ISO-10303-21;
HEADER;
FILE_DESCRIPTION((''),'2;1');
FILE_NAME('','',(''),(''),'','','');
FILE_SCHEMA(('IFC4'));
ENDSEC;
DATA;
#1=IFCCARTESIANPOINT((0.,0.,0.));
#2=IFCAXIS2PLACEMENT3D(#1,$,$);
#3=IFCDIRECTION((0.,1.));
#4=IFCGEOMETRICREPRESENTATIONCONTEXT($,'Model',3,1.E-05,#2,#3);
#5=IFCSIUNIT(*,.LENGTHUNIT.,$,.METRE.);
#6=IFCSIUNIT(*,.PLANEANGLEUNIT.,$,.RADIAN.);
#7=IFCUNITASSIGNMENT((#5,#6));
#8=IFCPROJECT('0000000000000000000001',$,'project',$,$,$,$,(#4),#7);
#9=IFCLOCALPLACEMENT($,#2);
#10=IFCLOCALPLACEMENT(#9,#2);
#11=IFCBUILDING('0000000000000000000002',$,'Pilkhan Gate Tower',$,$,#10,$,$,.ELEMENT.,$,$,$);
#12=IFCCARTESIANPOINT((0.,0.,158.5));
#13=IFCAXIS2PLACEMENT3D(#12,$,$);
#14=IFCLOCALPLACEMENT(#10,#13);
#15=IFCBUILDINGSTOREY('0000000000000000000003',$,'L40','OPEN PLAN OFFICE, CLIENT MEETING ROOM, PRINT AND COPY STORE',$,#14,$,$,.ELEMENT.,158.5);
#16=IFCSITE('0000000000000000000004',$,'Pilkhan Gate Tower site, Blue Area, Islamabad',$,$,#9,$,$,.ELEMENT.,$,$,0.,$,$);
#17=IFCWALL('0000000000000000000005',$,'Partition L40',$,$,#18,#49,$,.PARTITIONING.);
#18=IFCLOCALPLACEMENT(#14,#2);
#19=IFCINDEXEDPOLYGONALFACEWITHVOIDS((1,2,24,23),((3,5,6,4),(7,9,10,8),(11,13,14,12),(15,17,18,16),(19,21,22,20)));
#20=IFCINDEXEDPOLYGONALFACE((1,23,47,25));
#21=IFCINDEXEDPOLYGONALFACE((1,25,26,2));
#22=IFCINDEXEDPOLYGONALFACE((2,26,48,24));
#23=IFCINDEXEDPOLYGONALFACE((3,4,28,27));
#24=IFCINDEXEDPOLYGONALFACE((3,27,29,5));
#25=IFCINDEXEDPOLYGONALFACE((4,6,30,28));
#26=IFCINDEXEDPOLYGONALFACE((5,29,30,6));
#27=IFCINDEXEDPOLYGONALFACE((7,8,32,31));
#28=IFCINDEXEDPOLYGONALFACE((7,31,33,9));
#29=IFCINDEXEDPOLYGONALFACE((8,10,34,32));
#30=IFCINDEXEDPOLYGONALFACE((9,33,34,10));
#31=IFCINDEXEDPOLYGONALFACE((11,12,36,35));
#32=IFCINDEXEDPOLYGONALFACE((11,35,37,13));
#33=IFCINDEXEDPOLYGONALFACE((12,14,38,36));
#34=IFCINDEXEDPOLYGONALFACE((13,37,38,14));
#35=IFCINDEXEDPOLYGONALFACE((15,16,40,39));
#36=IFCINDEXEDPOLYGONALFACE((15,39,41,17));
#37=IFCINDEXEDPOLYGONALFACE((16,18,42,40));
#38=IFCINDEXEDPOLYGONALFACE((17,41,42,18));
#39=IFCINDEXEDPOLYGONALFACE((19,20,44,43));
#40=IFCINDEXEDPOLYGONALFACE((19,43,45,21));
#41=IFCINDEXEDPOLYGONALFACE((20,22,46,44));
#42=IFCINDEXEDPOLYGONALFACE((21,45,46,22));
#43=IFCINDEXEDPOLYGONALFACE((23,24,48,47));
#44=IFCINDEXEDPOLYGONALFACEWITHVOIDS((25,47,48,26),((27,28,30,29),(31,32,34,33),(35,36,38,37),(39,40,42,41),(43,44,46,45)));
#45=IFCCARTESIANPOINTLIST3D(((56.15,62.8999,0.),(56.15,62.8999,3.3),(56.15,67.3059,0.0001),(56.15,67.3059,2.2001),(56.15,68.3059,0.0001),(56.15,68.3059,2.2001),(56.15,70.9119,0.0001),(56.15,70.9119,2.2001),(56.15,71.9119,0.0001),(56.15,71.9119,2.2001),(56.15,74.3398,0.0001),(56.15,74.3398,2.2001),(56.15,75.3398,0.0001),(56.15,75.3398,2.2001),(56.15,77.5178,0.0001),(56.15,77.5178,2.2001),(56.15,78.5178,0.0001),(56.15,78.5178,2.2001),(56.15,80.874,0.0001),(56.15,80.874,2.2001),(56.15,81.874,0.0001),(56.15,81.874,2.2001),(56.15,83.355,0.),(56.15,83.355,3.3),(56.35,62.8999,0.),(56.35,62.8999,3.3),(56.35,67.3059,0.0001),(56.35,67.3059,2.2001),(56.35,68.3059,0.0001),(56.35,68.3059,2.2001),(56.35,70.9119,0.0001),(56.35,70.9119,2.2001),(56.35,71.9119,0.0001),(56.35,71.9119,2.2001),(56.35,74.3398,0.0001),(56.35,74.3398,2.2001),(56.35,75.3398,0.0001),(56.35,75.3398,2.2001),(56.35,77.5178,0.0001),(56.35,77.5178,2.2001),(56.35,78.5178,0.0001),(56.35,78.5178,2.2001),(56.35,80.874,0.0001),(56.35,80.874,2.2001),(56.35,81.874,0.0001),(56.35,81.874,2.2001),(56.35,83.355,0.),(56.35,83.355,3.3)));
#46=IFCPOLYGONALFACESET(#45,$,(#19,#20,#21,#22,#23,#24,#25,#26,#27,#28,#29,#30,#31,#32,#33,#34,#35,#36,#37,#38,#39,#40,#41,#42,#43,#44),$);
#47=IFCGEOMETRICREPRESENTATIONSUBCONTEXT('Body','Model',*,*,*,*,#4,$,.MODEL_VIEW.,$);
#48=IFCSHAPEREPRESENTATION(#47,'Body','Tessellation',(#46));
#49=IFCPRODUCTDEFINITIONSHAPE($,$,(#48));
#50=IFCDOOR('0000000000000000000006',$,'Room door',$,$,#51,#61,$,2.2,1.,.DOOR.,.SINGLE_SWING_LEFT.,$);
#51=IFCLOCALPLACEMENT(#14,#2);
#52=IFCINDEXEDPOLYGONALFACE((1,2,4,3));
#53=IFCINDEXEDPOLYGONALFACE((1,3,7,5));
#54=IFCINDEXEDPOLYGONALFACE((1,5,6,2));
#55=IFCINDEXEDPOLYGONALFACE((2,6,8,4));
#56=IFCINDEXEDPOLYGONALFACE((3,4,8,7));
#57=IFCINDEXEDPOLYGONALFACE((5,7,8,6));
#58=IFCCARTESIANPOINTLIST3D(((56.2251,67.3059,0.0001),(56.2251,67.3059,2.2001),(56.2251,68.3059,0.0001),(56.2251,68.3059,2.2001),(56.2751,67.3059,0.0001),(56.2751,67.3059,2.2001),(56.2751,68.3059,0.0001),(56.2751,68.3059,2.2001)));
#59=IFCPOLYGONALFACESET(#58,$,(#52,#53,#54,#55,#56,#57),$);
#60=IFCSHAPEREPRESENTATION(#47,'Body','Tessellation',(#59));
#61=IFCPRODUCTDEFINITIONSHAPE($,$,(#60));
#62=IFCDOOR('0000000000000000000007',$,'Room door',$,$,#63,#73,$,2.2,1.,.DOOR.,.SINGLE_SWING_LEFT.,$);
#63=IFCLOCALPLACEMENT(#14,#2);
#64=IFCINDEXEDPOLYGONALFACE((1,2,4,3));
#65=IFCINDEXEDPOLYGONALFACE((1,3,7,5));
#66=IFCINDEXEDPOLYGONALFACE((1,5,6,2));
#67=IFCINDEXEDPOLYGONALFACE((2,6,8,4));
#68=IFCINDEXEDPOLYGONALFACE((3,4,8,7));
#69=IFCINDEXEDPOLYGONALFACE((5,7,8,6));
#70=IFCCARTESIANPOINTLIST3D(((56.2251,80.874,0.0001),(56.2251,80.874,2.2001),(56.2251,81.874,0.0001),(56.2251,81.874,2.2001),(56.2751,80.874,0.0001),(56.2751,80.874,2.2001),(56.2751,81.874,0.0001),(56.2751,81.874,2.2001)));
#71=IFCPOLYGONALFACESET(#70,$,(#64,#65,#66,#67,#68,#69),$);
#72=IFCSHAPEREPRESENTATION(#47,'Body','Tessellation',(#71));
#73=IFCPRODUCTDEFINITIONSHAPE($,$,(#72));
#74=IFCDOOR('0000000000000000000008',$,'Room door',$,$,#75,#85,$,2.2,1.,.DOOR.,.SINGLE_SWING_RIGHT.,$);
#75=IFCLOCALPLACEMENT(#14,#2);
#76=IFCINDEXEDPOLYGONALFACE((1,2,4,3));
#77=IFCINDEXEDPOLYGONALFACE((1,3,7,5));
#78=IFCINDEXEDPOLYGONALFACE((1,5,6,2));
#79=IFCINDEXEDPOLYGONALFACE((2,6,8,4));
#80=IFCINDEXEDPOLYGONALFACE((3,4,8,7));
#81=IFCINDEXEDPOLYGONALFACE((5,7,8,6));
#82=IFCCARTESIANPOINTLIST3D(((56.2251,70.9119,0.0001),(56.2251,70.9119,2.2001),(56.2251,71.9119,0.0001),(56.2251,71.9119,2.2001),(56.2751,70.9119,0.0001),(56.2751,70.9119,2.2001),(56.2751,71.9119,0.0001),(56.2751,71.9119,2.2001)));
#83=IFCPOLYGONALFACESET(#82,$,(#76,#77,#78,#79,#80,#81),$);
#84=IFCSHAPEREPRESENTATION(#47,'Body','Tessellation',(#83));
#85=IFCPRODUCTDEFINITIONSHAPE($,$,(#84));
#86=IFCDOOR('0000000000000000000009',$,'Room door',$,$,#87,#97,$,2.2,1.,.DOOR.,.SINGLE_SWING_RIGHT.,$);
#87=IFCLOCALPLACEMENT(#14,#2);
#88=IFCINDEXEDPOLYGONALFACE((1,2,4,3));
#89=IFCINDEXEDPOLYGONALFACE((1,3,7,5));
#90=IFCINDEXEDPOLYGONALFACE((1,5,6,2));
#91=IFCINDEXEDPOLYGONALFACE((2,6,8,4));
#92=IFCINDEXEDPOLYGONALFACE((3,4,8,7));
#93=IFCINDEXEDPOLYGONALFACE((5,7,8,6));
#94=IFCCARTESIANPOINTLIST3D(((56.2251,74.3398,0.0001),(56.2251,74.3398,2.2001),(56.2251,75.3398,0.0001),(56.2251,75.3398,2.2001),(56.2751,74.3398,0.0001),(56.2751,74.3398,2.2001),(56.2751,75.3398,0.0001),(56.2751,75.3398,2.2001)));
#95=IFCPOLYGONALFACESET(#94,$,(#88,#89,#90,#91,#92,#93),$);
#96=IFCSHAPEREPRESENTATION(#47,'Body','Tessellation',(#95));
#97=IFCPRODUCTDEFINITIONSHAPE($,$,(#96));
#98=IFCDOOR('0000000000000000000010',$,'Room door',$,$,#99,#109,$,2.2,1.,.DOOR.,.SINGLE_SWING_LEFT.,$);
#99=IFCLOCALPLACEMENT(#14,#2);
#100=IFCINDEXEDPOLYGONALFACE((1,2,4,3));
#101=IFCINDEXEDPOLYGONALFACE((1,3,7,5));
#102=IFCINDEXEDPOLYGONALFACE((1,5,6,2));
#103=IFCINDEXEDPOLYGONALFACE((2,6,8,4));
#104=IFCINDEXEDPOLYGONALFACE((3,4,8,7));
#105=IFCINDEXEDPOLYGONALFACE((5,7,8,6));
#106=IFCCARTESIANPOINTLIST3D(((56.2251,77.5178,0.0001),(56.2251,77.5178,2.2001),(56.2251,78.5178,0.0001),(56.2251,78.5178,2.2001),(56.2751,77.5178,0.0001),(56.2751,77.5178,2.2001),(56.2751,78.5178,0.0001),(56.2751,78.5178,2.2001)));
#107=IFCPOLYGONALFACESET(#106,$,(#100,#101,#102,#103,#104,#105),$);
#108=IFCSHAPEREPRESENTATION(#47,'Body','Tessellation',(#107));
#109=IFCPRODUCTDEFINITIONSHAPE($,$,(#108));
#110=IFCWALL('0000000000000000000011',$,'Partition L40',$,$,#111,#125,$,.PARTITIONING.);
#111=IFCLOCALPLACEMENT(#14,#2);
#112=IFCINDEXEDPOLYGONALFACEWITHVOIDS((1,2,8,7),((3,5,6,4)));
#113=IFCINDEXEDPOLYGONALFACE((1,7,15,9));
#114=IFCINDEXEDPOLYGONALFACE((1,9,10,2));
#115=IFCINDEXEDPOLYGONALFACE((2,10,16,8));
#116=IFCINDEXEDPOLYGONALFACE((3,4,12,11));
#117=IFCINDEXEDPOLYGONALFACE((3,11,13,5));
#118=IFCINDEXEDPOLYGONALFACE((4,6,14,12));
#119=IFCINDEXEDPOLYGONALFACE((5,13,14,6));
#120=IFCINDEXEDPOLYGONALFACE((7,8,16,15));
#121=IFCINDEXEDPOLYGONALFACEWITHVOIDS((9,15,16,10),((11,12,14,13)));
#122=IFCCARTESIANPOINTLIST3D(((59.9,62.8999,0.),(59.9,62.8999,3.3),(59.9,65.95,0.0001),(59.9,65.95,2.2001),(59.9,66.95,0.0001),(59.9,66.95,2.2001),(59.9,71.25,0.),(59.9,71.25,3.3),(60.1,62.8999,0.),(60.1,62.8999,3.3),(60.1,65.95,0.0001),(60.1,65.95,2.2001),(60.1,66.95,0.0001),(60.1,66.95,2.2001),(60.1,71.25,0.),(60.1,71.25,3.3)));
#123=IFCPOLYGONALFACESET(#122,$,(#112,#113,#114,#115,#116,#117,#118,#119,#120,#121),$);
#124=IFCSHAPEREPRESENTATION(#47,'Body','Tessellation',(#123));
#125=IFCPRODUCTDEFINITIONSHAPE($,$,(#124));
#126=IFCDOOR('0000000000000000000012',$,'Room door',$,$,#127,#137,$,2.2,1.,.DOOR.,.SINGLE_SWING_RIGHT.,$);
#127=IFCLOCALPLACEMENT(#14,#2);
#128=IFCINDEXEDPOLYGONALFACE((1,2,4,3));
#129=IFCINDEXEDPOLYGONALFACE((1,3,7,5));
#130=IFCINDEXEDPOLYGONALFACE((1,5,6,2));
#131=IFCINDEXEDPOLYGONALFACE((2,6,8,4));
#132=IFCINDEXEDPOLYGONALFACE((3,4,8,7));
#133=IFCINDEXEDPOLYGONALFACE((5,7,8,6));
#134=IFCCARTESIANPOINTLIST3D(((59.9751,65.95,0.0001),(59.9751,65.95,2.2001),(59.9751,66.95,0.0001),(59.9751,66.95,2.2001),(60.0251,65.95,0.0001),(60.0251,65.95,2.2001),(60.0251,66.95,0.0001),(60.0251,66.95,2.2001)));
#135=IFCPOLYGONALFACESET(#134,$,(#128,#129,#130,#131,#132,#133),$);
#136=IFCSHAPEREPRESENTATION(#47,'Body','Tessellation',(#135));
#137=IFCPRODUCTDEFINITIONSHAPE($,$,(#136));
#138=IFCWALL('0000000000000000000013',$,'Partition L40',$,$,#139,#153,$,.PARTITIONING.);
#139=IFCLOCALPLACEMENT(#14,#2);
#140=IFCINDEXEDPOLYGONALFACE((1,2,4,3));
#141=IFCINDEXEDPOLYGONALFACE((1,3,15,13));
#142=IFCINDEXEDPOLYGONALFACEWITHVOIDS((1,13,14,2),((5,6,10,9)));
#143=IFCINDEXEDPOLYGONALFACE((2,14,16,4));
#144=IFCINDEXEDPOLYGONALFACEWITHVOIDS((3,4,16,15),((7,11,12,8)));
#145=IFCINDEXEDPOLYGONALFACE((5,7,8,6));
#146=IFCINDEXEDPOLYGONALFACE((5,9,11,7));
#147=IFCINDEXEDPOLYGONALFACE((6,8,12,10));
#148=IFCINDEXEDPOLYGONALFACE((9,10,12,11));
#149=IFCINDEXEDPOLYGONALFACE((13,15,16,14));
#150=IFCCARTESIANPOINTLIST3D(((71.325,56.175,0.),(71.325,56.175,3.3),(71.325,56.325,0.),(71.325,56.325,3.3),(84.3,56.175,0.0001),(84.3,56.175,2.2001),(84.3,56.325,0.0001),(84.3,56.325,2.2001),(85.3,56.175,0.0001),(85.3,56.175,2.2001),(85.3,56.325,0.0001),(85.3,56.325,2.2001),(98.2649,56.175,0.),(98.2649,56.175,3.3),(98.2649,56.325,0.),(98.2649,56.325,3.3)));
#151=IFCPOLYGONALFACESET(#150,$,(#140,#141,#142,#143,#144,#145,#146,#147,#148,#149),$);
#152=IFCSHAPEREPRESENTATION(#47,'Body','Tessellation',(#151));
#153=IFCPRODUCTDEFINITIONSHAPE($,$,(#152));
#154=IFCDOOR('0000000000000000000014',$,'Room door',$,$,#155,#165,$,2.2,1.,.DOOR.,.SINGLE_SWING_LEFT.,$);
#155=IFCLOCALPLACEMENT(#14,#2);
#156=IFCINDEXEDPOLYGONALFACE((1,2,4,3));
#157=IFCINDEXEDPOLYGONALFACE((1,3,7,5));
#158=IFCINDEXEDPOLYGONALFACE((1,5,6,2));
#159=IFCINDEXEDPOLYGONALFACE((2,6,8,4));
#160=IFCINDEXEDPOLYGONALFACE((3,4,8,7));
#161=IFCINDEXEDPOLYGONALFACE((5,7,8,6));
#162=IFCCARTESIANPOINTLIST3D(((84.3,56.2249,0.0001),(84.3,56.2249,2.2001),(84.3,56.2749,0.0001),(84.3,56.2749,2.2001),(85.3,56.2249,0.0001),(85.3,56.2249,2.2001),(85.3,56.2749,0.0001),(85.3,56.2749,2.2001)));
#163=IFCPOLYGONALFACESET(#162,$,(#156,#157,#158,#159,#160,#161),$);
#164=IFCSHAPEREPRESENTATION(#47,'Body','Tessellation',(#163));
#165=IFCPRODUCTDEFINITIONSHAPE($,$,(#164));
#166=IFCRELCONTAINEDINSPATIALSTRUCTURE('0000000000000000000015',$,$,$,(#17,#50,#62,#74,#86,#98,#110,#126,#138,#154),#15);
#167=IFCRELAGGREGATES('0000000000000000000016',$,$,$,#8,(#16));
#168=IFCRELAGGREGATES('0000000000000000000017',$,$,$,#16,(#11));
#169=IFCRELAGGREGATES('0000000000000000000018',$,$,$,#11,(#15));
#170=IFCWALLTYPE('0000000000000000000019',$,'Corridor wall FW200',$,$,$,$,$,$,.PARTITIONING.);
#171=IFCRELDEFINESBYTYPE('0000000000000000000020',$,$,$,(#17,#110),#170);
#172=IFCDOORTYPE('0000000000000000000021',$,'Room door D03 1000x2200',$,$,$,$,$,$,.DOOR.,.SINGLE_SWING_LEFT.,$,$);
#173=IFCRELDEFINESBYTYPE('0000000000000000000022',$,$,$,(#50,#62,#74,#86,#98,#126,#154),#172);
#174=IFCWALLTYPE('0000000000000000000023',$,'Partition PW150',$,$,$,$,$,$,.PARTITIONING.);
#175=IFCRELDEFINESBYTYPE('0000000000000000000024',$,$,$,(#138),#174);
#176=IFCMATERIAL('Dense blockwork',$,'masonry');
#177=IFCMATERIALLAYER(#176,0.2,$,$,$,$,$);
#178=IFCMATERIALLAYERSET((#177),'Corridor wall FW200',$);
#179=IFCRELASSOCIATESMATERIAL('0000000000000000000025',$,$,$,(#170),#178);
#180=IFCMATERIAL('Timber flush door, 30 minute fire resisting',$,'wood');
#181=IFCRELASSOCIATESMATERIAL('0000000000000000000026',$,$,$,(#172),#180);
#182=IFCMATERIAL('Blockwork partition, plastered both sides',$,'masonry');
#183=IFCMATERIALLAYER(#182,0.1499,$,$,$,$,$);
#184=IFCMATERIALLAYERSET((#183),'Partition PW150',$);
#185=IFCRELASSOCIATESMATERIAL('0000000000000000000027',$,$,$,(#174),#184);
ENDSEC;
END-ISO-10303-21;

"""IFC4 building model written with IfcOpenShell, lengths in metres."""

from ifc_helpers import new_model, si_unit, direction, frame, frame_2d, origin, place, context, subcontext, project, spatial, rectangle, extrude, material, layer, layer_set, type_object, element, fill, save


model = new_model("IFC4")

# Units and contexts
model_context = context("Model", 3, precision=1e-05, world=origin(), true_north=direction((0.0, 1.0)))
body_context = subcontext(model_context, "Body", "Model", "MODEL_VIEW")
ifc_project = project(units=[si_unit("LENGTHUNIT", "METRE"), si_unit("PLANEANGLEUNIT", "RADIAN")], contexts=[model_context])

# Site, building, storey
site_placement = place(None, origin())
site = spatial("IfcSite", under=ifc_project, at=site_placement, Name="Pilkhan Gate Tower site, Blue Area, Islamabad", CompositionType="ELEMENT", RefElevation=0.0)
building_placement = place(site_placement, origin())
building = spatial("IfcBuilding", under=site, at=building_placement, Name="Pilkhan Gate Tower", CompositionType="ELEMENT")
storey_placement = place(building_placement, frame((0.0, 0.0, 158.5)))
storey = spatial("IfcBuildingStorey", under=building, at=storey_placement, Name="L40", Description="OPEN PLAN OFFICE, CLIENT MEETING ROOM, PRINT AND COPY STORE", CompositionType="ELEMENT", Elevation=158.5)

# Wall, openings, doors
ifc_material_1 = material(Name="Dense blockwork", Category="masonry")
ifc_layer_1 = layer(ifc_material_1, 0.2)
ifc_layer_set_1 = layer_set([ifc_layer_1], Name="Corridor wall FW200")
wall_type_1 = type_object("IfcWallType", Name="Corridor wall FW200", PredefinedType="PARTITIONING", material=ifc_layer_set_1)
ifc_material_2 = material(Name="Timber flush door, 30 minute fire resisting", Category="wood")
door_type_1 = type_object("IfcDoorType", Name="Room door D03 1000x2200", OperationType="SINGLE_SWING_LEFT", PredefinedType="DOOR", material=ifc_material_2)
wall_1_placement = place(storey_placement, frame((56.25, 62.8999, 0.0), z_axis=(0.0, 0.0, 1.0), x_axis=(0.0, 1.0, 0.0)))
wall_1 = element("IfcWall", 1, at=wall_1_placement, inside=storey, type_object=wall_type_1, Name="Partition L40", PredefinedType="PARTITIONING", context=body_context, shape_type="SweptSolid", body=[
    extrude(rectangle(XDim=20.4551, YDim=0.2, at=frame_2d((10.2275, 0.0))), origin(), (0.0, 0.0, 1.0), 3.3),
])
opening_1_placement = place(wall_1_placement, frame((4.406, 0.0, 0.0)))
opening_1 = element("IfcOpeningElement", 2, at=opening_1_placement, cuts=wall_1, PredefinedType="OPENING", context=body_context, shape_type="SweptSolid", body=[
    extrude(rectangle(XDim=1.0, YDim=2.2, at=frame_2d((0.5, 1.1001))), frame((0.0, 0.1099, 0.0), z_axis=(0.0, -1.0, 0.0), x_axis=(1.0, 0.0, 0.0)), (0.0, 0.0, 1.0), 0.22),
])
opening_2_placement = place(wall_1_placement, frame((17.9741, 0.0, 0.0)))
opening_2 = element("IfcOpeningElement", 3, at=opening_2_placement, cuts=wall_1, PredefinedType="OPENING", context=body_context, shape_type="SweptSolid", body=[
    extrude(rectangle(XDim=1.0, YDim=2.2, at=frame_2d((0.5, 1.1001))), frame((0.0, 0.1099, 0.0), z_axis=(0.0, -1.0, 0.0), x_axis=(1.0, 0.0, 0.0)), (0.0, 0.0, 1.0), 0.22),
])
opening_3_placement = place(wall_1_placement, frame((8.012, 0.0, 0.0)))
opening_3 = element("IfcOpeningElement", 4, at=opening_3_placement, cuts=wall_1, PredefinedType="OPENING", context=body_context, shape_type="SweptSolid", body=[
    extrude(rectangle(XDim=1.0, YDim=2.2, at=frame_2d((0.5, 1.1001))), frame((0.0, 0.1099, 0.0), z_axis=(0.0, -1.0, 0.0), x_axis=(1.0, 0.0, 0.0)), (0.0, 0.0, 1.0), 0.22),
])
opening_4_placement = place(wall_1_placement, frame((11.4399, 0.0, 0.0)))
opening_4 = element("IfcOpeningElement", 5, at=opening_4_placement, cuts=wall_1, PredefinedType="OPENING", context=body_context, shape_type="SweptSolid", body=[
    extrude(rectangle(XDim=1.0, YDim=2.2, at=frame_2d((0.5, 1.1001))), frame((0.0, 0.1099, 0.0), z_axis=(0.0, -1.0, 0.0), x_axis=(1.0, 0.0, 0.0)), (0.0, 0.0, 1.0), 0.22),
])
opening_5_placement = place(wall_1_placement, frame((14.6179, 0.0, 0.0)))
opening_5 = element("IfcOpeningElement", 6, at=opening_5_placement, cuts=wall_1, PredefinedType="OPENING", context=body_context, shape_type="SweptSolid", body=[
    extrude(rectangle(XDim=1.0, YDim=2.2, at=frame_2d((0.5, 1.1001))), frame((0.0, 0.1099, 0.0), z_axis=(0.0, -1.0, 0.0), x_axis=(1.0, 0.0, 0.0)), (0.0, 0.0, 1.0), 0.22),
])
door_1_placement = place(opening_1_placement, origin())
door_1 = element("IfcDoor", 7, at=door_1_placement, inside=storey, type_object=door_type_1, Name="Room door", OperationType="SINGLE_SWING_LEFT", OverallHeight=2.2, OverallWidth=1.0, PredefinedType="DOOR", context=body_context, shape_type="SweptSolid", body=[
    extrude(rectangle(XDim=1.0, YDim=2.2, at=frame_2d((0.5, 1.1001))), frame((0.0, 0.0249, 0.0), z_axis=(0.0, -1.0, 0.0), x_axis=(1.0, 0.0, 0.0)), (0.0, 0.0, 1.0), 0.05),
])
fill(opening_1, door_1)
door_2_placement = place(opening_2_placement, origin())
door_2 = element("IfcDoor", 8, at=door_2_placement, inside=storey, type_object=door_type_1, Name="Room door", OperationType="SINGLE_SWING_LEFT", OverallHeight=2.2, OverallWidth=1.0, PredefinedType="DOOR", context=body_context, shape_type="SweptSolid", body=[
    extrude(rectangle(XDim=1.0, YDim=2.2, at=frame_2d((0.5, 1.1001))), frame((0.0, 0.0249, 0.0), z_axis=(0.0, -1.0, 0.0), x_axis=(1.0, 0.0, 0.0)), (0.0, 0.0, 1.0), 0.05),
])
fill(opening_2, door_2)
door_3_placement = place(opening_3_placement, origin())
door_3 = element("IfcDoor", 9, at=door_3_placement, inside=storey, type_object=door_type_1, Name="Room door", OperationType="SINGLE_SWING_RIGHT", OverallHeight=2.2, OverallWidth=1.0, PredefinedType="DOOR", context=body_context, shape_type="SweptSolid", body=[
    extrude(rectangle(XDim=1.0, YDim=2.2, at=frame_2d((0.5, 1.1001))), frame((0.0, 0.0249, 0.0), z_axis=(0.0, -1.0, 0.0), x_axis=(1.0, 0.0, 0.0)), (0.0, 0.0, 1.0), 0.05),
])
fill(opening_3, door_3)
door_4_placement = place(opening_4_placement, origin())
door_4 = element("IfcDoor", 10, at=door_4_placement, inside=storey, type_object=door_type_1, Name="Room door", OperationType="SINGLE_SWING_RIGHT", OverallHeight=2.2, OverallWidth=1.0, PredefinedType="DOOR", context=body_context, shape_type="SweptSolid", body=[
    extrude(rectangle(XDim=1.0, YDim=2.2, at=frame_2d((0.5, 1.1001))), frame((0.0, 0.0249, 0.0), z_axis=(0.0, -1.0, 0.0), x_axis=(1.0, 0.0, 0.0)), (0.0, 0.0, 1.0), 0.05),
])
fill(opening_4, door_4)
door_5_placement = place(opening_5_placement, origin())
door_5 = element("IfcDoor", 11, at=door_5_placement, inside=storey, type_object=door_type_1, Name="Room door", OperationType="SINGLE_SWING_LEFT", OverallHeight=2.2, OverallWidth=1.0, PredefinedType="DOOR", context=body_context, shape_type="SweptSolid", body=[
    extrude(rectangle(XDim=1.0, YDim=2.2, at=frame_2d((0.5, 1.1001))), frame((0.0, 0.0249, 0.0), z_axis=(0.0, -1.0, 0.0), x_axis=(1.0, 0.0, 0.0)), (0.0, 0.0, 1.0), 0.05),
])
fill(opening_5, door_5)

# Walls, openings, doors
wall_2_placement = place(storey_placement, frame((60.0, 62.8999, 0.0), z_axis=(0.0, 0.0, 1.0), x_axis=(0.0, 1.0, 0.0)))
wall_2 = element("IfcWall", 12, at=wall_2_placement, inside=storey, type_object=wall_type_1, Name="Partition L40", PredefinedType="PARTITIONING", context=body_context, shape_type="SweptSolid", body=[
    extrude(rectangle(XDim=8.3501, YDim=0.2, at=frame_2d((4.175, 0.0))), origin(), (0.0, 0.0, 1.0), 3.3),
])
opening_6_placement = place(wall_2_placement, frame((3.05, 0.0, 0.0)))
opening_6 = element("IfcOpeningElement", 13, at=opening_6_placement, cuts=wall_2, PredefinedType="OPENING", context=body_context, shape_type="SweptSolid", body=[
    extrude(rectangle(XDim=1.0, YDim=2.2, at=frame_2d((0.5, 1.1001))), frame((0.0, 0.1099, 0.0), z_axis=(0.0, -1.0, 0.0), x_axis=(1.0, 0.0, 0.0)), (0.0, 0.0, 1.0), 0.22),
])
door_6_placement = place(opening_6_placement, origin())
door_6 = element("IfcDoor", 14, at=door_6_placement, inside=storey, type_object=door_type_1, Name="Room door", OperationType="SINGLE_SWING_RIGHT", OverallHeight=2.2, OverallWidth=1.0, PredefinedType="DOOR", context=body_context, shape_type="SweptSolid", body=[
    extrude(rectangle(XDim=1.0, YDim=2.2, at=frame_2d((0.5, 1.1001))), frame((0.0, 0.0249, 0.0), z_axis=(0.0, -1.0, 0.0), x_axis=(1.0, 0.0, 0.0)), (0.0, 0.0, 1.0), 0.05),
])
fill(opening_6, door_6)
ifc_material_3 = material(Name="Blockwork partition, plastered both sides", Category="masonry")
ifc_layer_2 = layer(ifc_material_3, 0.1499)
ifc_layer_set_2 = layer_set([ifc_layer_2], Name="Partition PW150")
wall_type_2 = type_object("IfcWallType", Name="Partition PW150", PredefinedType="PARTITIONING", material=ifc_layer_set_2)
wall_3_placement = place(storey_placement, frame((71.325, 56.25, 0.0), z_axis=(0.0, 0.0, 1.0), x_axis=(1.0, 0.0, 0.0)))
wall_3 = element("IfcWall", 15, at=wall_3_placement, inside=storey, type_object=wall_type_2, Name="Partition L40", PredefinedType="PARTITIONING", context=body_context, shape_type="SweptSolid", body=[
    extrude(rectangle(XDim=26.9399, YDim=0.1499, at=frame_2d((13.47, 0.0))), origin(), (0.0, 0.0, 1.0), 3.3),
])
opening_7_placement = place(wall_3_placement, frame((12.9751, 0.0, 0.0)))
opening_7 = element("IfcOpeningElement", 16, at=opening_7_placement, cuts=wall_3, PredefinedType="OPENING", context=body_context, shape_type="SweptSolid", body=[
    extrude(rectangle(XDim=1.0, YDim=2.2, at=frame_2d((0.5, 1.1001))), frame((0.0, 0.085, 0.0), z_axis=(0.0, -1.0, 0.0), x_axis=(1.0, 0.0, 0.0)), (0.0, 0.0, 1.0), 0.1699),
])
door_7_placement = place(opening_7_placement, origin())
door_7 = element("IfcDoor", 17, at=door_7_placement, inside=storey, type_object=door_type_1, Name="Room door", OperationType="SINGLE_SWING_LEFT", OverallHeight=2.2, OverallWidth=1.0, PredefinedType="DOOR", context=body_context, shape_type="SweptSolid", body=[
    extrude(rectangle(XDim=1.0, YDim=2.2, at=frame_2d((0.5, 1.1001))), frame((0.0, 0.0249, 0.0), z_axis=(0.0, -1.0, 0.0), x_axis=(1.0, 0.0, 0.0)), (0.0, 0.0, 1.0), 0.05),
])
fill(opening_7, door_7)

save(model, "model.ifc")
